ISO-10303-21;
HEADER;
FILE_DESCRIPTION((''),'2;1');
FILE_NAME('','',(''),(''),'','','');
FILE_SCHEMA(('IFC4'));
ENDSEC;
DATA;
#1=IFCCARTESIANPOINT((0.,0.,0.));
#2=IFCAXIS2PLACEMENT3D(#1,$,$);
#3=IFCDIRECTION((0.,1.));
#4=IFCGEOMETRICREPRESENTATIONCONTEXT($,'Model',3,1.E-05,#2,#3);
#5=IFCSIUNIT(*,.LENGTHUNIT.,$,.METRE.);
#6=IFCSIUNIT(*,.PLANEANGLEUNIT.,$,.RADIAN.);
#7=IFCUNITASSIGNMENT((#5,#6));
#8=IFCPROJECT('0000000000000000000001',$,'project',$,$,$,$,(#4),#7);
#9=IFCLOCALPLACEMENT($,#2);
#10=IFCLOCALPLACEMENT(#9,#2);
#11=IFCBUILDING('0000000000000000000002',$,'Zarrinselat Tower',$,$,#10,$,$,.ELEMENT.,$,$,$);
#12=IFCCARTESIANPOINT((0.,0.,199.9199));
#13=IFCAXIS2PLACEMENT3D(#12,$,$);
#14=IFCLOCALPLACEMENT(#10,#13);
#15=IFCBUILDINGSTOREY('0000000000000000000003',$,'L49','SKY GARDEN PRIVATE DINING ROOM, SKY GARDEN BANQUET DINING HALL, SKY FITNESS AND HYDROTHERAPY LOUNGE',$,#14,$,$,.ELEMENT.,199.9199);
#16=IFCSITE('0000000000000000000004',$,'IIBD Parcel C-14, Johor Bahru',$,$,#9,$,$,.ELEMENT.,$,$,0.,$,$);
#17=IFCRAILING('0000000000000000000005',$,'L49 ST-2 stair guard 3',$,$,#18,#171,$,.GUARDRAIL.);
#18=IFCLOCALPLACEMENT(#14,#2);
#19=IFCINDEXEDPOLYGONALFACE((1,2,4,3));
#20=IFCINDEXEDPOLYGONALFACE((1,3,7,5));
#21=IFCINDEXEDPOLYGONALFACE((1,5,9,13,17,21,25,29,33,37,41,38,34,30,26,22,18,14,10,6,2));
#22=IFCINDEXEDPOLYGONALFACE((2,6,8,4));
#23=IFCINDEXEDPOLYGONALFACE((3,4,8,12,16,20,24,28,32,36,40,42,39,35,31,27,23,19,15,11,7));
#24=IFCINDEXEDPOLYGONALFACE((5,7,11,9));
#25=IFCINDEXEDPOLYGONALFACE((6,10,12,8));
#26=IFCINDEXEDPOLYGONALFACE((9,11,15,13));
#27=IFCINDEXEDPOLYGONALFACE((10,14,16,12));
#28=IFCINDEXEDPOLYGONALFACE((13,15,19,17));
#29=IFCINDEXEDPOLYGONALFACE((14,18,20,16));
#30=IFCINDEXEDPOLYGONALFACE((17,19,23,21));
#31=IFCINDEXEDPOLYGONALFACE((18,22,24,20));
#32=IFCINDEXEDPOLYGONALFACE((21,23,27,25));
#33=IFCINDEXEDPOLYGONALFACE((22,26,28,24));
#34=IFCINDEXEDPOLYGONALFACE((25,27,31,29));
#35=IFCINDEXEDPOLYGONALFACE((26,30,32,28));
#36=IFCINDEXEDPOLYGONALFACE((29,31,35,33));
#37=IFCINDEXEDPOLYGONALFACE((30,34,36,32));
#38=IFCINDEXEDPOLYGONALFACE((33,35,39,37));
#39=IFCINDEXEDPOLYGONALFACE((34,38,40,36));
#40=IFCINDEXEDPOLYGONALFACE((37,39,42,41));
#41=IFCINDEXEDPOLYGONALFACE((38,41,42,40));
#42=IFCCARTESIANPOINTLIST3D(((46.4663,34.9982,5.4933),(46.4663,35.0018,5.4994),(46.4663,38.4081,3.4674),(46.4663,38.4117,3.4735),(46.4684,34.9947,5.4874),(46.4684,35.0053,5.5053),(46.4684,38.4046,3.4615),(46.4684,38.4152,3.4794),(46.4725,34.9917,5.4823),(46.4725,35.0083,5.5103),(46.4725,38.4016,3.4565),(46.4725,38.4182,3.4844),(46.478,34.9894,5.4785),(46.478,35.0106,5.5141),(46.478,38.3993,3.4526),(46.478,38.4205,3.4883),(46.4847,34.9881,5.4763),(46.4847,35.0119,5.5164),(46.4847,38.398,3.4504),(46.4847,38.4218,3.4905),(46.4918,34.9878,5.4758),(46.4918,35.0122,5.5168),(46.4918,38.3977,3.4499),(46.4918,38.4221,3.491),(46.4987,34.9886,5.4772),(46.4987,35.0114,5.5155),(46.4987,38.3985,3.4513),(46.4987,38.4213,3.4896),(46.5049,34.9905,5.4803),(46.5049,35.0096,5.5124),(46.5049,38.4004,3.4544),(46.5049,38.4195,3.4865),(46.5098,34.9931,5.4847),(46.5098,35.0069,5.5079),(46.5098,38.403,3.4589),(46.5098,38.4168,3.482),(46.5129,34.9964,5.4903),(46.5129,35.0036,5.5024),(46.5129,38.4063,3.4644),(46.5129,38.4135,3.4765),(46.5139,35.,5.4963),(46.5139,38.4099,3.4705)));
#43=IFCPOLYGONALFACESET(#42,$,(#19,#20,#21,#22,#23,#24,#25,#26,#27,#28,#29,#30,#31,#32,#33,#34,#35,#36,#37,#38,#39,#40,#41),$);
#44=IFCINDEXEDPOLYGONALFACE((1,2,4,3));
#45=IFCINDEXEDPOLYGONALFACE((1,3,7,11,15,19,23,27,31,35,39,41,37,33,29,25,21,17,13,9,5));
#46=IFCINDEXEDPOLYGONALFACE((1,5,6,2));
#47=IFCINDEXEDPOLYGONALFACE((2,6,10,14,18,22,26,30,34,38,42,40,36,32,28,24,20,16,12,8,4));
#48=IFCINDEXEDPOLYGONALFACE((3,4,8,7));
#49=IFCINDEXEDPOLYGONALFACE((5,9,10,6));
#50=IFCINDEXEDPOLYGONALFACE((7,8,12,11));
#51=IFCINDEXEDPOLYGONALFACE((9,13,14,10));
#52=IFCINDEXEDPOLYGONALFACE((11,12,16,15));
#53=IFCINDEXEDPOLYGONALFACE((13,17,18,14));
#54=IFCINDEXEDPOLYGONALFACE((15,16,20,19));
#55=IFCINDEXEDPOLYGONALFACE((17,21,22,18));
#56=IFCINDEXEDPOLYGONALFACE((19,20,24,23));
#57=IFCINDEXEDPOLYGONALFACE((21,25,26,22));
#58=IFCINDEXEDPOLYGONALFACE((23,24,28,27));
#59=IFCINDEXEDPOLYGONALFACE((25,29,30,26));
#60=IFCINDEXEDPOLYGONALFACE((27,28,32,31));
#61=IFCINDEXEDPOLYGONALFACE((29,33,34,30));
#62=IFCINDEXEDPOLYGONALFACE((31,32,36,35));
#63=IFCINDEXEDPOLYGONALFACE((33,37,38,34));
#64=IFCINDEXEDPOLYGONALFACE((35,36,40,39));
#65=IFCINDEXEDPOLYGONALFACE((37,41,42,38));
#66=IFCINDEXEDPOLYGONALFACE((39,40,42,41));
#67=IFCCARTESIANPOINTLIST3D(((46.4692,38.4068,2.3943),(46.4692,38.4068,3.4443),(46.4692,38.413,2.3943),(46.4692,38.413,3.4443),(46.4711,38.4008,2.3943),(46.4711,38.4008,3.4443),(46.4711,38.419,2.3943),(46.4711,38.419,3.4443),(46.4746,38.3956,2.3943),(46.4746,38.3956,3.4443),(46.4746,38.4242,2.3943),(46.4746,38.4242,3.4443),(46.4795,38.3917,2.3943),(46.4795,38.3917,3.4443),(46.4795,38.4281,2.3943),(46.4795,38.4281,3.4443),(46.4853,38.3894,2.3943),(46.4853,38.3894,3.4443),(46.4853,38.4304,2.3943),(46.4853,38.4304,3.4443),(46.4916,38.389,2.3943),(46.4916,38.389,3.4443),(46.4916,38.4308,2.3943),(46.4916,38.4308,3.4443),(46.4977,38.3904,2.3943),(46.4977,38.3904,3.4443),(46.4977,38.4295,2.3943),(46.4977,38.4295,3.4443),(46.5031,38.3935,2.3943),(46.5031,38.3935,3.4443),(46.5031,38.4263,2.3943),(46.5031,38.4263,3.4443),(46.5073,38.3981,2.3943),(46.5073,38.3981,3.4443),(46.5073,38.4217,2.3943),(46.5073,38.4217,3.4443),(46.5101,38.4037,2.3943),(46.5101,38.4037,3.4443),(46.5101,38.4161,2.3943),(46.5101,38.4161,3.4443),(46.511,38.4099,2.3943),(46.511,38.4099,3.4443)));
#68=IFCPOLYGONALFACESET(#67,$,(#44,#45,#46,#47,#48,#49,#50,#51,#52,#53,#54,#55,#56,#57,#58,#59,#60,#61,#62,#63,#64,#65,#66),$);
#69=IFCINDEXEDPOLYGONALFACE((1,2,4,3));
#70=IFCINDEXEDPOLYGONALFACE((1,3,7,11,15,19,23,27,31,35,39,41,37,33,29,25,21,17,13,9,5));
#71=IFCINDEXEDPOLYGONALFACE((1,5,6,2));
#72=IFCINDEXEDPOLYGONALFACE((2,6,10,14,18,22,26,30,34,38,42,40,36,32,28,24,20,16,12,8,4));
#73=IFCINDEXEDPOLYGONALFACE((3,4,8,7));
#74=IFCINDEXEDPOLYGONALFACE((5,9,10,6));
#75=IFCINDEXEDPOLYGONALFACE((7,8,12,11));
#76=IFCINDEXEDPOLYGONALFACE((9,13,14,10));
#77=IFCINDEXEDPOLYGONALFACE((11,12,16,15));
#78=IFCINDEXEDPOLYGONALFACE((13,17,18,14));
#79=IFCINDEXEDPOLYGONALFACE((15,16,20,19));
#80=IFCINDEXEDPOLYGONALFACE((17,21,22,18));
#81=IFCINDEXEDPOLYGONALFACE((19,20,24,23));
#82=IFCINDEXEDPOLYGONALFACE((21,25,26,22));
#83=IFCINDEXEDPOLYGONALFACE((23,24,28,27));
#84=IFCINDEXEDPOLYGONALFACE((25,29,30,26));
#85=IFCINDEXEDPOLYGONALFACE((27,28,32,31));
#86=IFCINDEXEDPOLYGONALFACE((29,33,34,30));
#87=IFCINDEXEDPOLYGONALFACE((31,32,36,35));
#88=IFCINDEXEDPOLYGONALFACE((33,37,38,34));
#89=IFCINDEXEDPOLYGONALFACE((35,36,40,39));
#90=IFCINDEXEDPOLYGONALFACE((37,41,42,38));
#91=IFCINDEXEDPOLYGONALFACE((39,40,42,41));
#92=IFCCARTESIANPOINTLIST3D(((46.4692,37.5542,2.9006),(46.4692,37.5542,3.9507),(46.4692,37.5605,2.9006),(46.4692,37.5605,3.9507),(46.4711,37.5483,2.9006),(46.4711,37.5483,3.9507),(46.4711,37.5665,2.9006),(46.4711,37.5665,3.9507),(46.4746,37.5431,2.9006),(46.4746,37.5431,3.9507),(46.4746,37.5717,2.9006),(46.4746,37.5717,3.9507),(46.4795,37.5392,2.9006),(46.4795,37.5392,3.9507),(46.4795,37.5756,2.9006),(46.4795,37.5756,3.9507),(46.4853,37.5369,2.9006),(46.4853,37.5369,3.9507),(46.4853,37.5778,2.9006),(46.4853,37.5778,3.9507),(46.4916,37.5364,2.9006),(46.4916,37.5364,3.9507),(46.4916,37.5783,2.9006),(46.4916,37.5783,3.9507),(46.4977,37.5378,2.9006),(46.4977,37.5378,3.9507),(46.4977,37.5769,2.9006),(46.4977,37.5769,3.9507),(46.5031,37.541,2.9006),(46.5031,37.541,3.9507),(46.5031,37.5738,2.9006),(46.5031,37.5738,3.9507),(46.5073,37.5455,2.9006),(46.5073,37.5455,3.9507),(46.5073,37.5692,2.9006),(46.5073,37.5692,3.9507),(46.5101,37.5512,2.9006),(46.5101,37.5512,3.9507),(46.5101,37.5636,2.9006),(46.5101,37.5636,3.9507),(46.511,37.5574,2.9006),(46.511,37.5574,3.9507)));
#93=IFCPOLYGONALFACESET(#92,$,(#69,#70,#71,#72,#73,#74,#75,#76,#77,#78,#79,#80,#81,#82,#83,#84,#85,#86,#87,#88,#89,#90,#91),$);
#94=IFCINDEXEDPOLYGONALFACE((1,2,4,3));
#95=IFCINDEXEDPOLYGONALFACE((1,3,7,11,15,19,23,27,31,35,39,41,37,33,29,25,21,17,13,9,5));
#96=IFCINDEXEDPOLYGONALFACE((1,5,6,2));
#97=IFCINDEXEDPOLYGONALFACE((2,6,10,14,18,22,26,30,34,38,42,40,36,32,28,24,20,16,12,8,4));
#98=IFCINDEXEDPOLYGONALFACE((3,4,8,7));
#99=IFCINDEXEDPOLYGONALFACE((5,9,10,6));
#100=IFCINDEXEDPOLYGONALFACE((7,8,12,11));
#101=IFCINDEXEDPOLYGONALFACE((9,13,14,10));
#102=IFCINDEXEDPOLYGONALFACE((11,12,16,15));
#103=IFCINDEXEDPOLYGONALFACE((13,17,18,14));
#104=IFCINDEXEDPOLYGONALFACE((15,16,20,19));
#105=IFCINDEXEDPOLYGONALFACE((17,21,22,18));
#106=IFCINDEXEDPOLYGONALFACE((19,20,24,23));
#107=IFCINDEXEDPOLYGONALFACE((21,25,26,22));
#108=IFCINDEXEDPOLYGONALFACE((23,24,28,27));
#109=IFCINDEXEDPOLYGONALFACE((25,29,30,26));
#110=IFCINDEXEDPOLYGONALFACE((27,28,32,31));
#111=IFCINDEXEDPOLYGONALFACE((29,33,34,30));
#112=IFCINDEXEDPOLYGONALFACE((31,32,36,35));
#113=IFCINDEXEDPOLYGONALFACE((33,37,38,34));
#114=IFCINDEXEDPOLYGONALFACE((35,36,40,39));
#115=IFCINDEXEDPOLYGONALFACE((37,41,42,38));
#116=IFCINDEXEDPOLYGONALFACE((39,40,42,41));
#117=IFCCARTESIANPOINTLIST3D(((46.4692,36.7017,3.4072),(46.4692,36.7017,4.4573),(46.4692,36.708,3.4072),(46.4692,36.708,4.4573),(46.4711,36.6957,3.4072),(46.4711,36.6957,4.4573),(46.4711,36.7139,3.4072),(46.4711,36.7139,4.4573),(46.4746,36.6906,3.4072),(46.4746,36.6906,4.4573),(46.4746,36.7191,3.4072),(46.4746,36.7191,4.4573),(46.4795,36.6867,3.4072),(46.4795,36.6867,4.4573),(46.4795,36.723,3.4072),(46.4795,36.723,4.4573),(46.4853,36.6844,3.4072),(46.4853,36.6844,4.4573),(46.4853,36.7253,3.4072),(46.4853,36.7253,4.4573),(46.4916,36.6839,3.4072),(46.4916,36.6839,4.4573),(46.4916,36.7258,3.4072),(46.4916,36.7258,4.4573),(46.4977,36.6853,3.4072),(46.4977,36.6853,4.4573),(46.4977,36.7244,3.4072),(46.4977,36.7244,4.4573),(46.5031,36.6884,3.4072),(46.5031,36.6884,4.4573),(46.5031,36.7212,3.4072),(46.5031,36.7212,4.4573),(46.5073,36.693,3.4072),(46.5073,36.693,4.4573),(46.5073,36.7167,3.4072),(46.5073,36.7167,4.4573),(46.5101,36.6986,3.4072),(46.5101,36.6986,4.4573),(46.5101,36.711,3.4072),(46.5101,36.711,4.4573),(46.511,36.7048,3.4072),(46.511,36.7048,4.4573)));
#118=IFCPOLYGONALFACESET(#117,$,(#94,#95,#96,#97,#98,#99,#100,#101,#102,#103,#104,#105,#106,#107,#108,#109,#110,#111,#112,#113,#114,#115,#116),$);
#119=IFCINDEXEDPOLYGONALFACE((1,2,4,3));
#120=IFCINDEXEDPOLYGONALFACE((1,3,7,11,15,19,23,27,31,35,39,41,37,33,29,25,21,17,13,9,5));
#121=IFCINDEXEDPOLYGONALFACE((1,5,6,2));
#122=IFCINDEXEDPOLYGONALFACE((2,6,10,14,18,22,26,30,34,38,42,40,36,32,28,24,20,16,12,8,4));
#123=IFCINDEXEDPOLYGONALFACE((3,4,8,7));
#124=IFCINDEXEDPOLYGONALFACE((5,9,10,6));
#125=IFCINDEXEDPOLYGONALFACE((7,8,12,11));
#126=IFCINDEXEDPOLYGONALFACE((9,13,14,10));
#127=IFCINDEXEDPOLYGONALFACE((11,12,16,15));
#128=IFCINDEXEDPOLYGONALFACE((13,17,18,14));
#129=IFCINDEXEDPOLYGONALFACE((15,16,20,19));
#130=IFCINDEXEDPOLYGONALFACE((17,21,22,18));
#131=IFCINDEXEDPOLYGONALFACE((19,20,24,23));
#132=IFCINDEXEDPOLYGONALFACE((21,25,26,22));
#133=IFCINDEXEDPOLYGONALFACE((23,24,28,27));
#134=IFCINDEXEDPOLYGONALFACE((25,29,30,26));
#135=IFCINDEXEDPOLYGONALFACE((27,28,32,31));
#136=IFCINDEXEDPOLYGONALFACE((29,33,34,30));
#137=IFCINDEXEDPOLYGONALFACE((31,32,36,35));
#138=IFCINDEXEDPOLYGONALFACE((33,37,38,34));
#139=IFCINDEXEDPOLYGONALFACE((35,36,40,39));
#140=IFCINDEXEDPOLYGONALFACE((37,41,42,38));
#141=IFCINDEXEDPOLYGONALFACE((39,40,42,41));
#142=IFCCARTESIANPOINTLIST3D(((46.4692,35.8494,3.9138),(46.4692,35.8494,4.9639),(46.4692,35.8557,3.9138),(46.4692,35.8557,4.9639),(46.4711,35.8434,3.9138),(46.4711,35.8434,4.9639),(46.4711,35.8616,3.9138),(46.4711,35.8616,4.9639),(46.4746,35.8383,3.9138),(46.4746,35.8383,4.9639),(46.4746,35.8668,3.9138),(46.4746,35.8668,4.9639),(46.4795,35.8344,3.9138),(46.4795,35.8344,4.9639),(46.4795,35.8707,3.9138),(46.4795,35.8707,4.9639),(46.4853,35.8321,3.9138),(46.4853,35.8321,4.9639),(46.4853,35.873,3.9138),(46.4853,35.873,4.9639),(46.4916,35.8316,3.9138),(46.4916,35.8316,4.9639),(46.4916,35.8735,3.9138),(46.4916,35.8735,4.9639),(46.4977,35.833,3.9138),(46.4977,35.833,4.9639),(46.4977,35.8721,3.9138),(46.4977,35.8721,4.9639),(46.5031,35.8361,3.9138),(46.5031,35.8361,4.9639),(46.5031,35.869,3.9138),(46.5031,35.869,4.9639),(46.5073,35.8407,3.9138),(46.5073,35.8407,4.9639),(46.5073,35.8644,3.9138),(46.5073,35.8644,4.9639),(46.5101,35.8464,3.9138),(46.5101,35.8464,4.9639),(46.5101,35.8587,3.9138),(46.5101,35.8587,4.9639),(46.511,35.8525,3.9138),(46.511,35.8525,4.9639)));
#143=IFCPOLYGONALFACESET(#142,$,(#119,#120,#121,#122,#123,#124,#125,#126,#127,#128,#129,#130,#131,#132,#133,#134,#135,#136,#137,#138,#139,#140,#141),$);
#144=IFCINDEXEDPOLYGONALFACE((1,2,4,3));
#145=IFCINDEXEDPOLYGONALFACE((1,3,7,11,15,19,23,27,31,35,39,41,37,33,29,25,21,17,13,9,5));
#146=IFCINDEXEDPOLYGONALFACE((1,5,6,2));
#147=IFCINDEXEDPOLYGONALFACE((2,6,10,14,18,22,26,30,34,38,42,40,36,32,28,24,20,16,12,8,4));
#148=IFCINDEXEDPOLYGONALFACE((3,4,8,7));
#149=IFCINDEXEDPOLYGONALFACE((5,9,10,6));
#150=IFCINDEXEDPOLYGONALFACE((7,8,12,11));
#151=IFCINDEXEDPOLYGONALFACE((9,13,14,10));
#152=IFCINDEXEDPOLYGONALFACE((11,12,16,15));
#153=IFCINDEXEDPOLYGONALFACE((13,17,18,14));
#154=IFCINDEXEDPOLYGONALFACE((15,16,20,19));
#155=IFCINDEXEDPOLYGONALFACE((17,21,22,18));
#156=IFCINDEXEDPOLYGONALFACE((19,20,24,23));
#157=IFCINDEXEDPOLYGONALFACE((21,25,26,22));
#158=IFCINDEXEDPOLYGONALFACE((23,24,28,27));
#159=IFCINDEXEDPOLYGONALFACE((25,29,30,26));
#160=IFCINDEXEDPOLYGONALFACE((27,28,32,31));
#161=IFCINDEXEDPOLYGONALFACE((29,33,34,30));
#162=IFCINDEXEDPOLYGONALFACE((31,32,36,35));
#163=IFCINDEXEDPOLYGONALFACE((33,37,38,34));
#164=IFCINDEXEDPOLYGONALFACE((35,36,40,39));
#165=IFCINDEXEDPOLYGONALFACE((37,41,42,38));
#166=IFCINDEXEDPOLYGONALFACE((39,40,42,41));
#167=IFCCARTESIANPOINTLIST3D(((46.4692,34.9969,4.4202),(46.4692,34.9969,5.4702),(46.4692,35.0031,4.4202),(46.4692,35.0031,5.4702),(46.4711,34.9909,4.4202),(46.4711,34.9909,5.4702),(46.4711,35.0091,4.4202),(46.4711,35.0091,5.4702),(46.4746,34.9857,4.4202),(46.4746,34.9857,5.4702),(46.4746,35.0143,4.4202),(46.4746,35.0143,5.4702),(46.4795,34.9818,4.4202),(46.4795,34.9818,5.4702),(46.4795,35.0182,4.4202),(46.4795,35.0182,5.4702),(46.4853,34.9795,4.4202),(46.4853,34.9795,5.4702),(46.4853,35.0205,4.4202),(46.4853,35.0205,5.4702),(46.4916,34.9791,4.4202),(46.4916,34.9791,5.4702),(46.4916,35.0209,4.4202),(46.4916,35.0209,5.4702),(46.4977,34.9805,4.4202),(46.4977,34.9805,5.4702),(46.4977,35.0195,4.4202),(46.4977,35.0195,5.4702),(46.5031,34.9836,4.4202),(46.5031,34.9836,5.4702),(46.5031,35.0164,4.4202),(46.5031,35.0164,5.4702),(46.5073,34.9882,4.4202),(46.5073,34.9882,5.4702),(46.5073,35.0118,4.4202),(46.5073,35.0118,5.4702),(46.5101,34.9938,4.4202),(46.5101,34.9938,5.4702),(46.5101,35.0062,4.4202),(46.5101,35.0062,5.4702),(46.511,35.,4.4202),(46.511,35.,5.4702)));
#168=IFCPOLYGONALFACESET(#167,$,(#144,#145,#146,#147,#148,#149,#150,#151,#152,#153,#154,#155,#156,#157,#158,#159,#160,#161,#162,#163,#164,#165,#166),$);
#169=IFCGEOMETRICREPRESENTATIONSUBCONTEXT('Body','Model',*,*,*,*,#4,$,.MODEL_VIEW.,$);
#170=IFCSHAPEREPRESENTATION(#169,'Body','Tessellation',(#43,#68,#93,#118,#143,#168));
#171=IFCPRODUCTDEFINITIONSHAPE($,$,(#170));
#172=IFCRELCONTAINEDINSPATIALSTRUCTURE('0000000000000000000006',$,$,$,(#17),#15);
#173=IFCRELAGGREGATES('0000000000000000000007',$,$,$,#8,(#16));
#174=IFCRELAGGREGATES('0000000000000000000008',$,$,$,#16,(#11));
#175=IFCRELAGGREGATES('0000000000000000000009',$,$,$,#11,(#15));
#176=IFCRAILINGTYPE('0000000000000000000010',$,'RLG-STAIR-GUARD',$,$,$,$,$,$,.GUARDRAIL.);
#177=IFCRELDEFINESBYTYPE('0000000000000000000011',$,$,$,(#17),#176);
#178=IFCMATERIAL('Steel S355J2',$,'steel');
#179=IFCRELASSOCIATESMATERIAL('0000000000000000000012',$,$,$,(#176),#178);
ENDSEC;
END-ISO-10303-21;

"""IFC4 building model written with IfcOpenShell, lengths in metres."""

from ifc_helpers import new_model, si_unit, direction, frame, origin, origin_2d, place, context, subcontext, project, spatial, circle, extrude, material, type_object, element, save


model = new_model("IFC4")

# Units and contexts
model_context = context("Model", 3, precision=1e-05, world=origin(), true_north=direction((0.0, 1.0)))
body_context = subcontext(model_context, "Body", "Model", "MODEL_VIEW")
ifc_project = project(units=[si_unit("LENGTHUNIT", "METRE"), si_unit("PLANEANGLEUNIT", "RADIAN")], contexts=[model_context])

# Site, building, storey
site_placement = place(None, origin())
site = spatial("IfcSite", under=ifc_project, at=site_placement, Name="IIBD Parcel C-14, Johor Bahru", CompositionType="ELEMENT", RefElevation=0.0)
building_placement = place(site_placement, origin())
building = spatial("IfcBuilding", under=site, at=building_placement, Name="Zarrinselat Tower", CompositionType="ELEMENT")
storey_placement = place(building_placement, frame((0.0, 0.0, 199.9199)))
storey = spatial("IfcBuildingStorey", under=building, at=storey_placement, Name="L49", Description="SKY GARDEN PRIVATE DINING ROOM, SKY GARDEN BANQUET DINING HALL, SKY FITNESS AND HYDROTHERAPY LOUNGE", CompositionType="ELEMENT", Elevation=199.9199)

# Railing
ifc_material_1 = material(Name="Steel S355J2", Category="steel")
railing_type_1 = type_object("IfcRailingType", Name="RLG-STAIR-GUARD", PredefinedType="GUARDRAIL", material=ifc_material_1)
railing_1_placement = place(storey_placement, frame((46.49, 38.4099, 2.3943)))
element("IfcRailing", 1, at=railing_1_placement, inside=storey, type_object=railing_type_1, Name="L49 ST-2 stair guard 3", PredefinedType="GUARDRAIL", context=body_context, shape_type="SweptSolid", body=[
    extrude(circle(Radius=0.0239, at=origin_2d()), frame((0.0, 0.0, 1.0762), z_axis=(0.0, -0.859717, 0.510771), x_axis=(1.0, 0.0, 0.0)), (0.0, 0.0, 1.0), 3.9663),
    extrude(circle(Radius=0.021, at=origin_2d()), origin(), (0.0, 0.0, 1.0), 1.05),
    extrude(circle(Radius=0.021, at=origin_2d()), frame((0.0, -0.8525, 0.5063)), (0.0, 0.0, 1.0), 1.05),
    extrude(circle(Radius=0.021, at=origin_2d()), frame((0.0, -1.7051, 1.0129)), (0.0, 0.0, 1.0), 1.05),
    extrude(circle(Radius=0.021, at=origin_2d()), frame((0.0, -2.5574, 1.5195)), (0.0, 0.0, 1.0), 1.05),
    extrude(circle(Radius=0.021, at=origin_2d()), frame((0.0, -3.4099, 2.0259)), (0.0, 0.0, 1.0), 1.05),
])

save(model, "model.ifc")
